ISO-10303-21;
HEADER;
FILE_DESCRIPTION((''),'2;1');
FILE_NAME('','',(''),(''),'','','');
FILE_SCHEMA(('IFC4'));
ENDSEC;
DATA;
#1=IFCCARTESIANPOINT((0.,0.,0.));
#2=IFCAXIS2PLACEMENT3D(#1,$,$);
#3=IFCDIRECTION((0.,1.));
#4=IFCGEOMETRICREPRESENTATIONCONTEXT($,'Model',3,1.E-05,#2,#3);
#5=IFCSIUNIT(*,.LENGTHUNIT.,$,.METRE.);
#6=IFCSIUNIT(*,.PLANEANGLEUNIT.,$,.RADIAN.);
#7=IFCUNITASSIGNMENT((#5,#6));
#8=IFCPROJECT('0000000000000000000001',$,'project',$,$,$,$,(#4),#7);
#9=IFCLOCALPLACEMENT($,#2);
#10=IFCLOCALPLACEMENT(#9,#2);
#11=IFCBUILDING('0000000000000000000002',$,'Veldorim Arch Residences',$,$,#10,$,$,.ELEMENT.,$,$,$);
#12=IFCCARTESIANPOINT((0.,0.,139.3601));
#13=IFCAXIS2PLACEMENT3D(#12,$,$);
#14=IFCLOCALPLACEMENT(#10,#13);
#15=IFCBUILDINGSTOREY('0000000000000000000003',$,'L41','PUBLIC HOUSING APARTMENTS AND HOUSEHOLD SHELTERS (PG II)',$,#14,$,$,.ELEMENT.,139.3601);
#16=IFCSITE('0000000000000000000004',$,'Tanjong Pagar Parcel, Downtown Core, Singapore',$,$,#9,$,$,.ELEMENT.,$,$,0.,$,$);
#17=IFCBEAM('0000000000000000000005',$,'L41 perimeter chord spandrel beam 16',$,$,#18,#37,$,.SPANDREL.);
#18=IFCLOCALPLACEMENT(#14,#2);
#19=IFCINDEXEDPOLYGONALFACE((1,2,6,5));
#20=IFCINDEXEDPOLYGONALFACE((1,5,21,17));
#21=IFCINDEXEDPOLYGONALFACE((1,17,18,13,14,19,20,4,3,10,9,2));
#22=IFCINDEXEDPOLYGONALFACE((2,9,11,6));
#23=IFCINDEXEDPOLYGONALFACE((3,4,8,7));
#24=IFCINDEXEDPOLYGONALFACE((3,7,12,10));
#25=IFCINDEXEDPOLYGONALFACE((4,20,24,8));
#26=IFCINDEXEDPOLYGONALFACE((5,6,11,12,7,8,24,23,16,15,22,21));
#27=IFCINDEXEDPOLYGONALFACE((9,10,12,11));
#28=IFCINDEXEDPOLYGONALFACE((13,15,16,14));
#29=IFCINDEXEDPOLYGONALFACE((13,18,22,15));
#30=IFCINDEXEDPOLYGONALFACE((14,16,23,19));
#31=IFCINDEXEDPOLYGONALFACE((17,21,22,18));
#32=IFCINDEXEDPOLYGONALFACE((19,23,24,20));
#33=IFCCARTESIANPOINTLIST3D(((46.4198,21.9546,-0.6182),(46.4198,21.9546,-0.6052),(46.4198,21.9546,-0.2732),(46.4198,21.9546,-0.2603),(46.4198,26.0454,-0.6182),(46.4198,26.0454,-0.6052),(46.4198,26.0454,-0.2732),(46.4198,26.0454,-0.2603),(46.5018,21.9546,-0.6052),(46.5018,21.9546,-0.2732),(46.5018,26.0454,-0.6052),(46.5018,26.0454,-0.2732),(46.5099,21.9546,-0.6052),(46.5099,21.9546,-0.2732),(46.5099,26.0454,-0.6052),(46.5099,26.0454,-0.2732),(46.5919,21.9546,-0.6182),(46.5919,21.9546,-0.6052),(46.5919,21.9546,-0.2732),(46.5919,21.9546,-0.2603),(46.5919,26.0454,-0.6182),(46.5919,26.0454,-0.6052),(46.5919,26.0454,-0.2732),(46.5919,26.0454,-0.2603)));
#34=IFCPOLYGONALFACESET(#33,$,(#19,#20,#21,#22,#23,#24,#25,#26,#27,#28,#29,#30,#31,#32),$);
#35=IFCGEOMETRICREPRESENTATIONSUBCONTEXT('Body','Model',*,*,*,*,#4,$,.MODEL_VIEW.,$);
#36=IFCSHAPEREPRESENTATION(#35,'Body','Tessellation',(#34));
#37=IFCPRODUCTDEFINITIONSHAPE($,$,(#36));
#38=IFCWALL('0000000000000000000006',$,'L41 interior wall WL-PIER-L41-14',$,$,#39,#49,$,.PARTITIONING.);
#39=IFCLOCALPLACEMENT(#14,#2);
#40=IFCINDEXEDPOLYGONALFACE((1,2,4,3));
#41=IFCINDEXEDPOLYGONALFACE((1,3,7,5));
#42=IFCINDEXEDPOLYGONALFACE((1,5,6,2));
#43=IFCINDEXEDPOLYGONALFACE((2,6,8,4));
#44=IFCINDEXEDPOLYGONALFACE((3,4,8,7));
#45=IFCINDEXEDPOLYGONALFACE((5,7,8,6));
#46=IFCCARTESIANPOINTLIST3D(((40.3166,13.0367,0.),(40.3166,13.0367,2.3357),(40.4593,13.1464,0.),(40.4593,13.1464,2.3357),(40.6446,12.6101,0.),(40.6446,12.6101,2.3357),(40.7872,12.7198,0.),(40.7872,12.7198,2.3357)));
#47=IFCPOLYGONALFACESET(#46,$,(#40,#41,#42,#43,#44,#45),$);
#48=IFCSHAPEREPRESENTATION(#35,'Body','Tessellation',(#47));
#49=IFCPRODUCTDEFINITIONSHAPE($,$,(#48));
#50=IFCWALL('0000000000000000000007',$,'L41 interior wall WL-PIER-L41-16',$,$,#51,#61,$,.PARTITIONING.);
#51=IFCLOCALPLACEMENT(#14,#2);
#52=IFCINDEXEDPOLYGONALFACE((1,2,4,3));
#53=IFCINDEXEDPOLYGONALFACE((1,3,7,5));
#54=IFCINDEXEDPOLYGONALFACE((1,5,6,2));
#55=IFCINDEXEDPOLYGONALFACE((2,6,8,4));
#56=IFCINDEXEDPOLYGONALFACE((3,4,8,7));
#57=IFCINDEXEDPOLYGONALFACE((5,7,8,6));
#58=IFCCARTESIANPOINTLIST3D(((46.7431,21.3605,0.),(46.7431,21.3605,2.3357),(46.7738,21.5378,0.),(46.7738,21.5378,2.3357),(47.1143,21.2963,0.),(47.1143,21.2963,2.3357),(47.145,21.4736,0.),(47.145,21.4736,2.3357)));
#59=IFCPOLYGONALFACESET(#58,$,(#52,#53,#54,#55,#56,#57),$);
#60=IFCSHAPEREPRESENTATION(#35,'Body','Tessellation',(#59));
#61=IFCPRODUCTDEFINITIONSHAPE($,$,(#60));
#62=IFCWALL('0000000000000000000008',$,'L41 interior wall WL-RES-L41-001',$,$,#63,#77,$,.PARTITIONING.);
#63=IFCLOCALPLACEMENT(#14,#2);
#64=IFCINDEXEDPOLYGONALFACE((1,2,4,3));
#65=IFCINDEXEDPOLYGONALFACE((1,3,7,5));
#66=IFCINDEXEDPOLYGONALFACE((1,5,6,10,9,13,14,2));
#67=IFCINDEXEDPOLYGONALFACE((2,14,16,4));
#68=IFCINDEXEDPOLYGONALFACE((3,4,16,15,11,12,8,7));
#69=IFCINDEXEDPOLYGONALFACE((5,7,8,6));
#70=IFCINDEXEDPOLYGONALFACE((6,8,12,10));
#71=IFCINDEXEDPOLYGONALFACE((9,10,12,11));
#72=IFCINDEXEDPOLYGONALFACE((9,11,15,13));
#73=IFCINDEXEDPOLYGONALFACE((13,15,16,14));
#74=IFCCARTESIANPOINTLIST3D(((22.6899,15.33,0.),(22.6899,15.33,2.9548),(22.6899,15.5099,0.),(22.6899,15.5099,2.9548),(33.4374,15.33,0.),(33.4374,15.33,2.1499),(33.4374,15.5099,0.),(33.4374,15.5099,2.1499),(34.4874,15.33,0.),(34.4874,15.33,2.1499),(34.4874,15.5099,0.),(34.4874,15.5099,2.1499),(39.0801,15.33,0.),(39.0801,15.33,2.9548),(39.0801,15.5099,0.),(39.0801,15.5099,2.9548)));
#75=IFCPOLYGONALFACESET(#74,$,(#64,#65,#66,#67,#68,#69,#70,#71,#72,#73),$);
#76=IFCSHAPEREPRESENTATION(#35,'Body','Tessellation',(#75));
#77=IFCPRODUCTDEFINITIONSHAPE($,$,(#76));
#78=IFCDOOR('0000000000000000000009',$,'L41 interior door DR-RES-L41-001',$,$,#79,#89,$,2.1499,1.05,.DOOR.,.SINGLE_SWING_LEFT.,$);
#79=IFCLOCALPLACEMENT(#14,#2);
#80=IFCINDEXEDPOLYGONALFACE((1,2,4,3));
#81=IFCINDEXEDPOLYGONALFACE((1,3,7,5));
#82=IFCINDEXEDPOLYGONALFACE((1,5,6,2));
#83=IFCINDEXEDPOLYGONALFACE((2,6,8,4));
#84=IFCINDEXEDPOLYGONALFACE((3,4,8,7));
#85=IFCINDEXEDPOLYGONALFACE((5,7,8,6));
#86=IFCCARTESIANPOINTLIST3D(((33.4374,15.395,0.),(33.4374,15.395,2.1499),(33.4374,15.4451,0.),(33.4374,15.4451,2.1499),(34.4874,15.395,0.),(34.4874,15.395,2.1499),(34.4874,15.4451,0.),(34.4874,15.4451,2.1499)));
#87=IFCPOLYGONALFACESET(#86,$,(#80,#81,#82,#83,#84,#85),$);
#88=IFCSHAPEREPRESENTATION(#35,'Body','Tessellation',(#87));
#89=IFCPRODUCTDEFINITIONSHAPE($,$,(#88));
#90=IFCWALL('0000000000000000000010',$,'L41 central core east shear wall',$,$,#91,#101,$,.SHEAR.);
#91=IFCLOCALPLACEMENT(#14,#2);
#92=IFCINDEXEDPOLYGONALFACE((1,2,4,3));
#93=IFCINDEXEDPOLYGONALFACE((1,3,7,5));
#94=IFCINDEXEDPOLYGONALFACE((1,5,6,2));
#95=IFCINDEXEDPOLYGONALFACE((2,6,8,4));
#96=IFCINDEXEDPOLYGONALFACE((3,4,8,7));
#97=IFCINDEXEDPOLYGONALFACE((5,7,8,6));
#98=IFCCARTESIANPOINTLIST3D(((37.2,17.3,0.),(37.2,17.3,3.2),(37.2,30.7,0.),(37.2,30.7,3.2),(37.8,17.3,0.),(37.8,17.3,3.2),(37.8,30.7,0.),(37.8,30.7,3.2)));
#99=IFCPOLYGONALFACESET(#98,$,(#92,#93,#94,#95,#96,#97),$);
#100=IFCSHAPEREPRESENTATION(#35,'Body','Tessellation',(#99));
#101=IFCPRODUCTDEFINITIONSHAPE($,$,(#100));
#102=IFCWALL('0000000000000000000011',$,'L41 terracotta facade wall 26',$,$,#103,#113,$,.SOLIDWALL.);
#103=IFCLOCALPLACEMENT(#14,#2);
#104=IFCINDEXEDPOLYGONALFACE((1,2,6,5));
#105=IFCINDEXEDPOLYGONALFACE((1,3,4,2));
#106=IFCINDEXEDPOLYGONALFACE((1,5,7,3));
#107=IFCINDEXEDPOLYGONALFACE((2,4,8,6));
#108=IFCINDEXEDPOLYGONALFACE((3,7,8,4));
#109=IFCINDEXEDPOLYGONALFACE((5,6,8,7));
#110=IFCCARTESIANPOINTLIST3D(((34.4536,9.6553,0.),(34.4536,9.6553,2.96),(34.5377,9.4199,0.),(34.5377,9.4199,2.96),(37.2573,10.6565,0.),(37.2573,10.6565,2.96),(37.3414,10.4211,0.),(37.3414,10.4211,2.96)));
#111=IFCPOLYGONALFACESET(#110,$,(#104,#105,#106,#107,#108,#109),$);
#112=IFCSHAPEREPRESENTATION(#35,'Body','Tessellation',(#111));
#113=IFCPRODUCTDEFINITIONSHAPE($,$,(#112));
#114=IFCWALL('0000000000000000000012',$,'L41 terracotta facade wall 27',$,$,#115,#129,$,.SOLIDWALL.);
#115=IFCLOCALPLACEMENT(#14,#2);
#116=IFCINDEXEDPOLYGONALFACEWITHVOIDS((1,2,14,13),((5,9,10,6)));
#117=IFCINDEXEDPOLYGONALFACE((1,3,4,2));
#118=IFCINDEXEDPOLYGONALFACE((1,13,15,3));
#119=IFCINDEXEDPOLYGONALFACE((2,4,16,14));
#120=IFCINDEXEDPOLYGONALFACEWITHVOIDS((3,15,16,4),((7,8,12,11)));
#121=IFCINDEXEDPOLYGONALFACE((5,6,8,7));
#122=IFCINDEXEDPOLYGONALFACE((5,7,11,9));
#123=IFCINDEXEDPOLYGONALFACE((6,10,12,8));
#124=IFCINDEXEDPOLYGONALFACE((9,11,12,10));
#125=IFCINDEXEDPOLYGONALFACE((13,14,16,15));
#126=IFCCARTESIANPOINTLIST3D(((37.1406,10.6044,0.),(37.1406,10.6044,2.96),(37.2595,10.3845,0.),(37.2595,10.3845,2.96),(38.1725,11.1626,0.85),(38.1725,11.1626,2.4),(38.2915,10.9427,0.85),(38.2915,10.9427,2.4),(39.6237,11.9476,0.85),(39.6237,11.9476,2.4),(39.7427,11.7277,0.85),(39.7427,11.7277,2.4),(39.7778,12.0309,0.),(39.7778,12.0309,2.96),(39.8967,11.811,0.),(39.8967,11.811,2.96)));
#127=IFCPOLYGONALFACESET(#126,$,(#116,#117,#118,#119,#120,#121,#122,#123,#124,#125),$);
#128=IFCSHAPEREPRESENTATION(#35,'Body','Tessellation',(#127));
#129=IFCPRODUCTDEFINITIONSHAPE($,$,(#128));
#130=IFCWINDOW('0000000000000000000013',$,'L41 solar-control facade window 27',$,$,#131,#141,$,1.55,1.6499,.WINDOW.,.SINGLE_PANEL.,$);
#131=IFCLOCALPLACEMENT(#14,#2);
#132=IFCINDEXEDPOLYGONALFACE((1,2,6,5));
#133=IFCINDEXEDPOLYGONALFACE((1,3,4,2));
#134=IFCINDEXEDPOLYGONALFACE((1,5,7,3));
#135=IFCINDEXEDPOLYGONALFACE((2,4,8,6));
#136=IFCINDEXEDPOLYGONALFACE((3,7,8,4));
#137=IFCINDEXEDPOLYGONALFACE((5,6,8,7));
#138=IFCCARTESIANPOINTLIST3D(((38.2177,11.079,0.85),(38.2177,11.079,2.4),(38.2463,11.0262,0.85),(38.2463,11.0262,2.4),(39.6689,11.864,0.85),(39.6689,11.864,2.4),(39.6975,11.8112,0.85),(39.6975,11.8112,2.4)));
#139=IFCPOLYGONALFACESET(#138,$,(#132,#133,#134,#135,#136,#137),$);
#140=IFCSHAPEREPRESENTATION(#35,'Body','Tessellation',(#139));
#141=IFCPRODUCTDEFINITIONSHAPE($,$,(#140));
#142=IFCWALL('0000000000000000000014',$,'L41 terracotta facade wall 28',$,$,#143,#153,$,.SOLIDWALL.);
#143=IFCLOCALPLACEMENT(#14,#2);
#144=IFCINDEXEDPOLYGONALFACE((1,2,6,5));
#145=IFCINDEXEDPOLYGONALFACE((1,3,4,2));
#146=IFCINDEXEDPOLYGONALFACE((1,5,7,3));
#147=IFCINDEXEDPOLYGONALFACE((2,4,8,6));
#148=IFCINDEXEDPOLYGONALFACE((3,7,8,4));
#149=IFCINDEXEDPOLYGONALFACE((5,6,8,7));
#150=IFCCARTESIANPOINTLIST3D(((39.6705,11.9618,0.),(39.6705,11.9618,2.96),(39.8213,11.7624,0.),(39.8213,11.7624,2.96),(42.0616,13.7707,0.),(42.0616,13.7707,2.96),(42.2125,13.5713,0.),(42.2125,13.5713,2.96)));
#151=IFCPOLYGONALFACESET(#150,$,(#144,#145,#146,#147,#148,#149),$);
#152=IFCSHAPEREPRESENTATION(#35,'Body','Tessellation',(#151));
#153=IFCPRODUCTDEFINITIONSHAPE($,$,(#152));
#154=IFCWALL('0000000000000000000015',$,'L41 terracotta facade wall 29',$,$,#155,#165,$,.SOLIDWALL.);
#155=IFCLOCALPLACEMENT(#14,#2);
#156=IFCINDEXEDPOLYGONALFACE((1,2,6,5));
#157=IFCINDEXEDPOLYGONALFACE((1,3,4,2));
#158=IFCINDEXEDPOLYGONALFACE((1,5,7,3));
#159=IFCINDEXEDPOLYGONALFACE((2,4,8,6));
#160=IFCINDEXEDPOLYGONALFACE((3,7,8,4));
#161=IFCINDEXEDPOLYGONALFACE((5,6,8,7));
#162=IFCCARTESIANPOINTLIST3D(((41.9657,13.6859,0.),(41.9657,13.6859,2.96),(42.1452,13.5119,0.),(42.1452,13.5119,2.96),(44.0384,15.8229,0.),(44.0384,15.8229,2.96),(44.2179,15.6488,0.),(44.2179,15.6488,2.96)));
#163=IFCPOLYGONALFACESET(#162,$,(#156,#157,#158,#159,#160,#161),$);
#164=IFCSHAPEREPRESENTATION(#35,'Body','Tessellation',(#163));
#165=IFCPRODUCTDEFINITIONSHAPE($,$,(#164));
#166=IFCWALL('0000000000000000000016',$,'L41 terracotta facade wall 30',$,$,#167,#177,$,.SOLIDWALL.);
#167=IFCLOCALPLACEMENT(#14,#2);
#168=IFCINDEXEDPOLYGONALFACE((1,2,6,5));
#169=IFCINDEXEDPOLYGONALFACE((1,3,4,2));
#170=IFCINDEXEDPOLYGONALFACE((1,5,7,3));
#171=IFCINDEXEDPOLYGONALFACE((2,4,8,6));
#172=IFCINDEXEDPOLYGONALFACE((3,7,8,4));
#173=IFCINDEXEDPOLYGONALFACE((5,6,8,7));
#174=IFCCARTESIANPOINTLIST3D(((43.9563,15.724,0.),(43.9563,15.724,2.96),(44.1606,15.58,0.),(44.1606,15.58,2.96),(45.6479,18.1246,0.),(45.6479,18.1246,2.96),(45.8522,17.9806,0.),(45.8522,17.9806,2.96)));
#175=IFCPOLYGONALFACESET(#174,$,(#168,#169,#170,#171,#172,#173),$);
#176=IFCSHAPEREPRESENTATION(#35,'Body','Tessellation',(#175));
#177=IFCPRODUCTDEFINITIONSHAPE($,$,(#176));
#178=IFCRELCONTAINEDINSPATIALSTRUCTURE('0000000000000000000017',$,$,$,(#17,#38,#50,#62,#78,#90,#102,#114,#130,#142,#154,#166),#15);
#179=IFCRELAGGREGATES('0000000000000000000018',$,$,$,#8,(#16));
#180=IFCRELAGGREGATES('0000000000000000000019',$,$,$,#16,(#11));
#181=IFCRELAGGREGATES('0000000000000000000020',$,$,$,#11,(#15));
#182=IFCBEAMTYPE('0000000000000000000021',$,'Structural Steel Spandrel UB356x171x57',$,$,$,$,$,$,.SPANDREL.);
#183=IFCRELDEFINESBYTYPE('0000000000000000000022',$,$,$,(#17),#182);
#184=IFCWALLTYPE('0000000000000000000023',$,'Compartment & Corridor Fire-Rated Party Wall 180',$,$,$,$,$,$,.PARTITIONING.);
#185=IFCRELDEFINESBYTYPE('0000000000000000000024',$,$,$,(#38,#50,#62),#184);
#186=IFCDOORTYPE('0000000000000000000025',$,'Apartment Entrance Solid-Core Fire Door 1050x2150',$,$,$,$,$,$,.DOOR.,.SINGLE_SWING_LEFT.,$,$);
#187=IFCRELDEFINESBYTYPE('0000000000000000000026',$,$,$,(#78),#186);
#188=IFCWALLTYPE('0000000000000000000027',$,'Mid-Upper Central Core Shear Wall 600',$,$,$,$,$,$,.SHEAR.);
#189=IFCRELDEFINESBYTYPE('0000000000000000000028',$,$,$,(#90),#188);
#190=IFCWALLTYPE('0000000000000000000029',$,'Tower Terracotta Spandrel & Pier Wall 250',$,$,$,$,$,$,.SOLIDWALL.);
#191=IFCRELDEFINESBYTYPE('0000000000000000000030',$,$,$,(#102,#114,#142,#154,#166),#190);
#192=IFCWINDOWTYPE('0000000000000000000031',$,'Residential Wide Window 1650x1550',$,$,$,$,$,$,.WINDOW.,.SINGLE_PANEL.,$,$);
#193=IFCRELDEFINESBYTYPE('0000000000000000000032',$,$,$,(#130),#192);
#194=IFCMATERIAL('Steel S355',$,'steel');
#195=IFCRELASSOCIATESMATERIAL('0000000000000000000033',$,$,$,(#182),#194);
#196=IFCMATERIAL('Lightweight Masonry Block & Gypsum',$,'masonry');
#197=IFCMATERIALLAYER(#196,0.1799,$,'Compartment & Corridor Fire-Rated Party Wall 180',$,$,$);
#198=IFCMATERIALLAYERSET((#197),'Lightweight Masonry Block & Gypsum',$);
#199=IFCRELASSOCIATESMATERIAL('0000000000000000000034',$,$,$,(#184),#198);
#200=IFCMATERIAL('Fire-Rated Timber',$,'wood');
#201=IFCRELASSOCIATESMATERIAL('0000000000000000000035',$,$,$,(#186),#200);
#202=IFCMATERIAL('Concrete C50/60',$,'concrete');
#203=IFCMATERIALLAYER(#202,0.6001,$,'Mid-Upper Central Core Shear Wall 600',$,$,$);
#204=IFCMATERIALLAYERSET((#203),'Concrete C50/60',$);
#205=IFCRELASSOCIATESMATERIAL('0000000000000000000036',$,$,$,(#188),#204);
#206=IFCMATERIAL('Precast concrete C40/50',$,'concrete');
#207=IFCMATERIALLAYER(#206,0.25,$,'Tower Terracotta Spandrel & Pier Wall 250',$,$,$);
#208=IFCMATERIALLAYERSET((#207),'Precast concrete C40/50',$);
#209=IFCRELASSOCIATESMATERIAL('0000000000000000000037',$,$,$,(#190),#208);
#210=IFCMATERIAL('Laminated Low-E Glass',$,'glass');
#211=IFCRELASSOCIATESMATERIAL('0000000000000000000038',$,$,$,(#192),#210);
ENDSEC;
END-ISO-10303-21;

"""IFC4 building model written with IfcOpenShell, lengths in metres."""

from ifc_helpers import new_model, si_unit, direction, frame, frame_2d, origin, origin_2d, place, context, subcontext, project, spatial, rectangle, i_section, extrude, material, layer, layer_set, material_profile, profile_set, type_object, element, fill, save


model = new_model("IFC4")

# Units and contexts
model_context = context("Model", 3, precision=1e-05, world=origin(), true_north=direction((0.0, 1.0)))
body_context = subcontext(model_context, "Body", "Model", "MODEL_VIEW")
ifc_project = project(units=[si_unit("LENGTHUNIT", "METRE"), si_unit("PLANEANGLEUNIT", "RADIAN")], contexts=[model_context])

# Site, building, storey
site_placement = place(None, origin())
site = spatial("IfcSite", under=ifc_project, at=site_placement, Name="Tanjong Pagar Parcel, Downtown Core, Singapore", CompositionType="ELEMENT", RefElevation=0.0)
building_placement = place(site_placement, origin())
building = spatial("IfcBuilding", under=site, at=building_placement, Name="Veldorim Arch Residences", CompositionType="ELEMENT")
storey_placement = place(building_placement, frame((0.0, 0.0, 139.3601)))
storey = spatial("IfcBuildingStorey", under=building, at=storey_placement, Name="L41", Description="PUBLIC HOUSING APARTMENTS AND HOUSEHOLD SHELTERS (PG II)", CompositionType="ELEMENT", Elevation=139.3601)

# Beam
ifc_material_1 = material(Name="Steel S355", Category="steel")
ifc_material_profile_1 = material_profile(ifc_material_1, i_section(OverallWidth=0.1721, OverallDepth=0.3579, WebThickness=0.0081, FlangeThickness=0.0129, at=origin_2d()), Name="UB356x171x57")
ifc_profile_set_1 = profile_set([ifc_material_profile_1], Name="Steel S355")
beam_type_1 = type_object("IfcBeamType", Name="Structural Steel Spandrel UB356x171x57", PredefinedType="SPANDREL", material=ifc_profile_set_1)
beam_1_placement = place(storey_placement, frame((46.5059, 21.9546, -0.4392), z_axis=(0.0, 1.0, 0.0), x_axis=(-1.0, 0.0, 0.0)))
element("IfcBeam", 1, at=beam_1_placement, inside=storey, type_object=beam_type_1, Name="L41 perimeter chord spandrel beam 16", PredefinedType="SPANDREL", context=body_context, shape_type="SweptSolid", body=[
    extrude(i_section(OverallWidth=0.1721, OverallDepth=0.3579, WebThickness=0.0081, FlangeThickness=0.0129, at=origin_2d()), origin(), (0.0, 0.0, 1.0), 4.0908),
])

# Walls
ifc_material_2 = material(Name="Lightweight Masonry Block & Gypsum", Category="masonry")
ifc_layer_1 = layer(ifc_material_2, 0.1799, Name="Compartment & Corridor Fire-Rated Party Wall 180")
ifc_layer_set_1 = layer_set([ifc_layer_1], Name="Lightweight Masonry Block & Gypsum")
wall_type_1 = type_object("IfcWallType", Name="Compartment & Corridor Fire-Rated Party Wall 180", PredefinedType="PARTITIONING", material=ifc_layer_set_1)
wall_1_placement = place(storey_placement, frame((40.3879, 13.0916, 0.0), z_axis=(0.0, 0.0, 1.0), x_axis=(0.609469, -0.79281, 0.0)))
element("IfcWall", 2, at=wall_1_placement, inside=storey, type_object=wall_type_1, Name="L41 interior wall WL-PIER-L41-14", PredefinedType="PARTITIONING", context=body_context, shape_type="SweptSolid", body=[
    extrude(rectangle(XDim=0.5381, YDim=0.1799, at=frame_2d((0.269, 0.0))), origin(), (0.0, 0.0, 1.0), 2.3357),
])
wall_2_placement = place(storey_placement, frame((46.7583, 21.4492, 0.0), z_axis=(0.0, 0.0, 1.0), x_axis=(0.985359, -0.170493, 0.0)))
element("IfcWall", 3, at=wall_2_placement, inside=storey, type_object=wall_type_1, Name="L41 interior wall WL-PIER-L41-16", PredefinedType="PARTITIONING", context=body_context, shape_type="SweptSolid", body=[
    extrude(rectangle(XDim=0.3767, YDim=0.1799, at=frame_2d((0.1885, 0.0))), origin(), (0.0, 0.0, 1.0), 2.3357),
])

# Wall, opening, door
wall_3_placement = place(storey_placement, frame((39.0801, 15.4199, 0.0), z_axis=(0.0, 0.0, 1.0), x_axis=(-1.0, 0.0, 0.0)))
wall_3 = element("IfcWall", 4, at=wall_3_placement, inside=storey, type_object=wall_type_1, Name="L41 interior wall WL-RES-L41-001", PredefinedType="PARTITIONING", context=body_context, shape_type="SweptSolid", body=[
    extrude(rectangle(XDim=16.3901, YDim=0.1799, at=frame_2d((8.1951, 0.0))), origin(), (0.0, 0.0, 1.0), 2.9548),
])
opening_1_placement = place(wall_3_placement, frame((4.5928, 0.0, 0.0)))
opening_1 = element("IfcOpeningElement", 5, at=opening_1_placement, cuts=wall_3, PredefinedType="OPENING", context=body_context, shape_type="SweptSolid", body=[
    extrude(rectangle(XDim=1.05, YDim=2.1499, at=frame_2d((0.5249, 1.075))), frame((0.0, 0.0999, 0.0), z_axis=(0.0, -1.0, 0.0), x_axis=(1.0, 0.0, 0.0)), (0.0, 0.0, 1.0), 0.2),
])
ifc_material_3 = material(Name="Fire-Rated Timber", Category="wood")
door_type = type_object("IfcDoorType", Name="Apartment Entrance Solid-Core Fire Door 1050x2150", OperationType="SINGLE_SWING_LEFT", PredefinedType="DOOR", material=ifc_material_3)
door_placement = place(opening_1_placement, origin())
door = element("IfcDoor", 6, at=door_placement, inside=storey, type_object=door_type, Name="L41 interior door DR-RES-L41-001", OperationType="SINGLE_SWING_LEFT", OverallHeight=2.1499, OverallWidth=1.05, PredefinedType="DOOR", context=body_context, shape_type="SweptSolid", body=[
    extrude(rectangle(XDim=1.05, YDim=2.1499, at=frame_2d((0.5249, 1.075))), frame((0.0, 0.0249, 0.0), z_axis=(0.0, -1.0, 0.0), x_axis=(1.0, 0.0, 0.0)), (0.0, 0.0, 1.0), 0.05),
])
fill(opening_1, door)

# Walls
ifc_material_4 = material(Name="Concrete C50/60", Category="concrete")
ifc_layer_2 = layer(ifc_material_4, 0.6001, Name="Mid-Upper Central Core Shear Wall 600")
ifc_layer_set_2 = layer_set([ifc_layer_2], Name="Concrete C50/60")
wall_type_2 = type_object("IfcWallType", Name="Mid-Upper Central Core Shear Wall 600", PredefinedType="SHEAR", material=ifc_layer_set_2)
wall_4_placement = place(storey_placement, frame((37.5, 17.3, 0.0), z_axis=(0.0, 0.0, 1.0), x_axis=(0.0, 1.0, 0.0)))
element("IfcWall", 7, at=wall_4_placement, inside=storey, type_object=wall_type_2, Name="L41 central core east shear wall", PredefinedType="SHEAR", context=body_context, shape_type="SweptSolid", body=[
    extrude(rectangle(XDim=13.3999, YDim=0.6001, at=frame_2d((6.7, 0.0))), origin(), (0.0, 0.0, 1.0), 3.2),
])
ifc_material_5 = material(Name="Precast concrete C40/50", Category="concrete")
ifc_layer_3 = layer(ifc_material_5, 0.25, Name="Tower Terracotta Spandrel & Pier Wall 250")
ifc_layer_set_3 = layer_set([ifc_layer_3], Name="Precast concrete C40/50")
wall_type_3 = type_object("IfcWallType", Name="Tower Terracotta Spandrel & Pier Wall 250", PredefinedType="SOLIDWALL", material=ifc_layer_set_3)
wall_5_placement = place(storey_placement, frame((37.2993, 10.5388, 0.0), z_axis=(0.0, 0.0, 1.0), x_axis=(-0.941753, -0.336305, 0.0)))
element("IfcWall", 8, at=wall_5_placement, inside=storey, type_object=wall_type_3, Name="L41 terracotta facade wall 26", PredefinedType="SOLIDWALL", context=body_context, shape_type="SweptSolid", body=[
    extrude(rectangle(XDim=2.9771, YDim=0.25, at=frame_2d((1.4885, 0.0))), origin(), (0.0, 0.0, 1.0), 2.96),
])

# Wall, opening, window
wall_6_placement = place(storey_placement, frame((39.8372, 11.9209, 0.0), z_axis=(0.0, 0.0, 1.0), x_axis=(-0.879567, -0.475774, 0.0)))
wall_6 = element("IfcWall", 9, at=wall_6_placement, inside=storey, type_object=wall_type_3, Name="L41 terracotta facade wall 27", PredefinedType="SOLIDWALL", context=body_context, shape_type="SweptSolid", body=[
    extrude(rectangle(XDim=2.9983, YDim=0.25, at=frame_2d((1.499, 0.0))), origin(), (0.0, 0.0, 1.0), 2.96),
])
opening_2_placement = place(wall_6_placement, frame((0.175, 0.0, 0.8501)))
opening_2 = element("IfcOpeningElement", 10, at=opening_2_placement, cuts=wall_6, PredefinedType="OPENING", context=body_context, shape_type="SweptSolid", body=[
    extrude(rectangle(XDim=1.6499, YDim=1.55, at=frame_2d((0.825, 0.7749))), frame((0.0, 0.135, 0.0), z_axis=(0.0, -1.0, 0.0), x_axis=(1.0, 0.0, 0.0)), (0.0, 0.0, 1.0), 0.27),
])
ifc_material_6 = material(Name="Laminated Low-E Glass", Category="glass")
window_type = type_object("IfcWindowType", Name="Residential Wide Window 1650x1550", PartitioningType="SINGLE_PANEL", PredefinedType="WINDOW", material=ifc_material_6)
window_placement = place(opening_2_placement, origin())
window = element("IfcWindow", 11, at=window_placement, inside=storey, type_object=window_type, Name="L41 solar-control facade window 27", OverallHeight=1.55, OverallWidth=1.6499, PartitioningType="SINGLE_PANEL", PredefinedType="WINDOW", context=body_context, shape_type="SweptSolid", body=[
    extrude(rectangle(XDim=1.6499, YDim=1.55, at=frame_2d((0.825, 0.7749))), frame((0.0, 0.03, 0.0), z_axis=(0.0, -1.0, 0.0), x_axis=(1.0, 0.0, 0.0)), (0.0, 0.0, 1.0), 0.0601),
])
fill(opening_2, window)

# Walls
wall_7_placement = place(storey_placement, frame((42.137, 13.6709, 0.0), z_axis=(0.0, 0.0, 1.0), x_axis=(-0.797511, -0.603304, 0.0)))
element("IfcWall", 12, at=wall_7_placement, inside=storey, type_object=wall_type_3, Name="L41 terracotta facade wall 28", PredefinedType="SOLIDWALL", context=body_context, shape_type="SweptSolid", body=[
    extrude(rectangle(XDim=2.9983, YDim=0.25, at=frame_2d((1.499, 0.0))), origin(), (0.0, 0.0, 1.0), 2.96),
])
wall_8_placement = place(storey_placement, frame((44.1282, 15.7358, 0.0), z_axis=(0.0, 0.0, 1.0), x_axis=(-0.696241, -0.717808, 0.0)))
element("IfcWall", 13, at=wall_8_placement, inside=storey, type_object=wall_type_3, Name="L41 terracotta facade wall 29", PredefinedType="SOLIDWALL", context=body_context, shape_type="SweptSolid", body=[
    extrude(rectangle(XDim=2.9771, YDim=0.25, at=frame_2d((1.4885, 0.0))), origin(), (0.0, 0.0, 1.0), 2.96),
])
wall_9_placement = place(storey_placement, frame((45.75, 18.0525, 0.0), z_axis=(0.0, 0.0, 1.0), x_axis=(-0.57602, -0.817435, 0.0)))
element("IfcWall", 14, at=wall_9_placement, inside=storey, type_object=wall_type_3, Name="L41 terracotta facade wall 30", PredefinedType="SOLIDWALL", context=body_context, shape_type="SweptSolid", body=[
    extrude(rectangle(XDim=2.9368, YDim=0.25, at=frame_2d((1.4683, 0.0))), origin(), (0.0, 0.0, 1.0), 2.96),
])

save(model, "model.ifc")
